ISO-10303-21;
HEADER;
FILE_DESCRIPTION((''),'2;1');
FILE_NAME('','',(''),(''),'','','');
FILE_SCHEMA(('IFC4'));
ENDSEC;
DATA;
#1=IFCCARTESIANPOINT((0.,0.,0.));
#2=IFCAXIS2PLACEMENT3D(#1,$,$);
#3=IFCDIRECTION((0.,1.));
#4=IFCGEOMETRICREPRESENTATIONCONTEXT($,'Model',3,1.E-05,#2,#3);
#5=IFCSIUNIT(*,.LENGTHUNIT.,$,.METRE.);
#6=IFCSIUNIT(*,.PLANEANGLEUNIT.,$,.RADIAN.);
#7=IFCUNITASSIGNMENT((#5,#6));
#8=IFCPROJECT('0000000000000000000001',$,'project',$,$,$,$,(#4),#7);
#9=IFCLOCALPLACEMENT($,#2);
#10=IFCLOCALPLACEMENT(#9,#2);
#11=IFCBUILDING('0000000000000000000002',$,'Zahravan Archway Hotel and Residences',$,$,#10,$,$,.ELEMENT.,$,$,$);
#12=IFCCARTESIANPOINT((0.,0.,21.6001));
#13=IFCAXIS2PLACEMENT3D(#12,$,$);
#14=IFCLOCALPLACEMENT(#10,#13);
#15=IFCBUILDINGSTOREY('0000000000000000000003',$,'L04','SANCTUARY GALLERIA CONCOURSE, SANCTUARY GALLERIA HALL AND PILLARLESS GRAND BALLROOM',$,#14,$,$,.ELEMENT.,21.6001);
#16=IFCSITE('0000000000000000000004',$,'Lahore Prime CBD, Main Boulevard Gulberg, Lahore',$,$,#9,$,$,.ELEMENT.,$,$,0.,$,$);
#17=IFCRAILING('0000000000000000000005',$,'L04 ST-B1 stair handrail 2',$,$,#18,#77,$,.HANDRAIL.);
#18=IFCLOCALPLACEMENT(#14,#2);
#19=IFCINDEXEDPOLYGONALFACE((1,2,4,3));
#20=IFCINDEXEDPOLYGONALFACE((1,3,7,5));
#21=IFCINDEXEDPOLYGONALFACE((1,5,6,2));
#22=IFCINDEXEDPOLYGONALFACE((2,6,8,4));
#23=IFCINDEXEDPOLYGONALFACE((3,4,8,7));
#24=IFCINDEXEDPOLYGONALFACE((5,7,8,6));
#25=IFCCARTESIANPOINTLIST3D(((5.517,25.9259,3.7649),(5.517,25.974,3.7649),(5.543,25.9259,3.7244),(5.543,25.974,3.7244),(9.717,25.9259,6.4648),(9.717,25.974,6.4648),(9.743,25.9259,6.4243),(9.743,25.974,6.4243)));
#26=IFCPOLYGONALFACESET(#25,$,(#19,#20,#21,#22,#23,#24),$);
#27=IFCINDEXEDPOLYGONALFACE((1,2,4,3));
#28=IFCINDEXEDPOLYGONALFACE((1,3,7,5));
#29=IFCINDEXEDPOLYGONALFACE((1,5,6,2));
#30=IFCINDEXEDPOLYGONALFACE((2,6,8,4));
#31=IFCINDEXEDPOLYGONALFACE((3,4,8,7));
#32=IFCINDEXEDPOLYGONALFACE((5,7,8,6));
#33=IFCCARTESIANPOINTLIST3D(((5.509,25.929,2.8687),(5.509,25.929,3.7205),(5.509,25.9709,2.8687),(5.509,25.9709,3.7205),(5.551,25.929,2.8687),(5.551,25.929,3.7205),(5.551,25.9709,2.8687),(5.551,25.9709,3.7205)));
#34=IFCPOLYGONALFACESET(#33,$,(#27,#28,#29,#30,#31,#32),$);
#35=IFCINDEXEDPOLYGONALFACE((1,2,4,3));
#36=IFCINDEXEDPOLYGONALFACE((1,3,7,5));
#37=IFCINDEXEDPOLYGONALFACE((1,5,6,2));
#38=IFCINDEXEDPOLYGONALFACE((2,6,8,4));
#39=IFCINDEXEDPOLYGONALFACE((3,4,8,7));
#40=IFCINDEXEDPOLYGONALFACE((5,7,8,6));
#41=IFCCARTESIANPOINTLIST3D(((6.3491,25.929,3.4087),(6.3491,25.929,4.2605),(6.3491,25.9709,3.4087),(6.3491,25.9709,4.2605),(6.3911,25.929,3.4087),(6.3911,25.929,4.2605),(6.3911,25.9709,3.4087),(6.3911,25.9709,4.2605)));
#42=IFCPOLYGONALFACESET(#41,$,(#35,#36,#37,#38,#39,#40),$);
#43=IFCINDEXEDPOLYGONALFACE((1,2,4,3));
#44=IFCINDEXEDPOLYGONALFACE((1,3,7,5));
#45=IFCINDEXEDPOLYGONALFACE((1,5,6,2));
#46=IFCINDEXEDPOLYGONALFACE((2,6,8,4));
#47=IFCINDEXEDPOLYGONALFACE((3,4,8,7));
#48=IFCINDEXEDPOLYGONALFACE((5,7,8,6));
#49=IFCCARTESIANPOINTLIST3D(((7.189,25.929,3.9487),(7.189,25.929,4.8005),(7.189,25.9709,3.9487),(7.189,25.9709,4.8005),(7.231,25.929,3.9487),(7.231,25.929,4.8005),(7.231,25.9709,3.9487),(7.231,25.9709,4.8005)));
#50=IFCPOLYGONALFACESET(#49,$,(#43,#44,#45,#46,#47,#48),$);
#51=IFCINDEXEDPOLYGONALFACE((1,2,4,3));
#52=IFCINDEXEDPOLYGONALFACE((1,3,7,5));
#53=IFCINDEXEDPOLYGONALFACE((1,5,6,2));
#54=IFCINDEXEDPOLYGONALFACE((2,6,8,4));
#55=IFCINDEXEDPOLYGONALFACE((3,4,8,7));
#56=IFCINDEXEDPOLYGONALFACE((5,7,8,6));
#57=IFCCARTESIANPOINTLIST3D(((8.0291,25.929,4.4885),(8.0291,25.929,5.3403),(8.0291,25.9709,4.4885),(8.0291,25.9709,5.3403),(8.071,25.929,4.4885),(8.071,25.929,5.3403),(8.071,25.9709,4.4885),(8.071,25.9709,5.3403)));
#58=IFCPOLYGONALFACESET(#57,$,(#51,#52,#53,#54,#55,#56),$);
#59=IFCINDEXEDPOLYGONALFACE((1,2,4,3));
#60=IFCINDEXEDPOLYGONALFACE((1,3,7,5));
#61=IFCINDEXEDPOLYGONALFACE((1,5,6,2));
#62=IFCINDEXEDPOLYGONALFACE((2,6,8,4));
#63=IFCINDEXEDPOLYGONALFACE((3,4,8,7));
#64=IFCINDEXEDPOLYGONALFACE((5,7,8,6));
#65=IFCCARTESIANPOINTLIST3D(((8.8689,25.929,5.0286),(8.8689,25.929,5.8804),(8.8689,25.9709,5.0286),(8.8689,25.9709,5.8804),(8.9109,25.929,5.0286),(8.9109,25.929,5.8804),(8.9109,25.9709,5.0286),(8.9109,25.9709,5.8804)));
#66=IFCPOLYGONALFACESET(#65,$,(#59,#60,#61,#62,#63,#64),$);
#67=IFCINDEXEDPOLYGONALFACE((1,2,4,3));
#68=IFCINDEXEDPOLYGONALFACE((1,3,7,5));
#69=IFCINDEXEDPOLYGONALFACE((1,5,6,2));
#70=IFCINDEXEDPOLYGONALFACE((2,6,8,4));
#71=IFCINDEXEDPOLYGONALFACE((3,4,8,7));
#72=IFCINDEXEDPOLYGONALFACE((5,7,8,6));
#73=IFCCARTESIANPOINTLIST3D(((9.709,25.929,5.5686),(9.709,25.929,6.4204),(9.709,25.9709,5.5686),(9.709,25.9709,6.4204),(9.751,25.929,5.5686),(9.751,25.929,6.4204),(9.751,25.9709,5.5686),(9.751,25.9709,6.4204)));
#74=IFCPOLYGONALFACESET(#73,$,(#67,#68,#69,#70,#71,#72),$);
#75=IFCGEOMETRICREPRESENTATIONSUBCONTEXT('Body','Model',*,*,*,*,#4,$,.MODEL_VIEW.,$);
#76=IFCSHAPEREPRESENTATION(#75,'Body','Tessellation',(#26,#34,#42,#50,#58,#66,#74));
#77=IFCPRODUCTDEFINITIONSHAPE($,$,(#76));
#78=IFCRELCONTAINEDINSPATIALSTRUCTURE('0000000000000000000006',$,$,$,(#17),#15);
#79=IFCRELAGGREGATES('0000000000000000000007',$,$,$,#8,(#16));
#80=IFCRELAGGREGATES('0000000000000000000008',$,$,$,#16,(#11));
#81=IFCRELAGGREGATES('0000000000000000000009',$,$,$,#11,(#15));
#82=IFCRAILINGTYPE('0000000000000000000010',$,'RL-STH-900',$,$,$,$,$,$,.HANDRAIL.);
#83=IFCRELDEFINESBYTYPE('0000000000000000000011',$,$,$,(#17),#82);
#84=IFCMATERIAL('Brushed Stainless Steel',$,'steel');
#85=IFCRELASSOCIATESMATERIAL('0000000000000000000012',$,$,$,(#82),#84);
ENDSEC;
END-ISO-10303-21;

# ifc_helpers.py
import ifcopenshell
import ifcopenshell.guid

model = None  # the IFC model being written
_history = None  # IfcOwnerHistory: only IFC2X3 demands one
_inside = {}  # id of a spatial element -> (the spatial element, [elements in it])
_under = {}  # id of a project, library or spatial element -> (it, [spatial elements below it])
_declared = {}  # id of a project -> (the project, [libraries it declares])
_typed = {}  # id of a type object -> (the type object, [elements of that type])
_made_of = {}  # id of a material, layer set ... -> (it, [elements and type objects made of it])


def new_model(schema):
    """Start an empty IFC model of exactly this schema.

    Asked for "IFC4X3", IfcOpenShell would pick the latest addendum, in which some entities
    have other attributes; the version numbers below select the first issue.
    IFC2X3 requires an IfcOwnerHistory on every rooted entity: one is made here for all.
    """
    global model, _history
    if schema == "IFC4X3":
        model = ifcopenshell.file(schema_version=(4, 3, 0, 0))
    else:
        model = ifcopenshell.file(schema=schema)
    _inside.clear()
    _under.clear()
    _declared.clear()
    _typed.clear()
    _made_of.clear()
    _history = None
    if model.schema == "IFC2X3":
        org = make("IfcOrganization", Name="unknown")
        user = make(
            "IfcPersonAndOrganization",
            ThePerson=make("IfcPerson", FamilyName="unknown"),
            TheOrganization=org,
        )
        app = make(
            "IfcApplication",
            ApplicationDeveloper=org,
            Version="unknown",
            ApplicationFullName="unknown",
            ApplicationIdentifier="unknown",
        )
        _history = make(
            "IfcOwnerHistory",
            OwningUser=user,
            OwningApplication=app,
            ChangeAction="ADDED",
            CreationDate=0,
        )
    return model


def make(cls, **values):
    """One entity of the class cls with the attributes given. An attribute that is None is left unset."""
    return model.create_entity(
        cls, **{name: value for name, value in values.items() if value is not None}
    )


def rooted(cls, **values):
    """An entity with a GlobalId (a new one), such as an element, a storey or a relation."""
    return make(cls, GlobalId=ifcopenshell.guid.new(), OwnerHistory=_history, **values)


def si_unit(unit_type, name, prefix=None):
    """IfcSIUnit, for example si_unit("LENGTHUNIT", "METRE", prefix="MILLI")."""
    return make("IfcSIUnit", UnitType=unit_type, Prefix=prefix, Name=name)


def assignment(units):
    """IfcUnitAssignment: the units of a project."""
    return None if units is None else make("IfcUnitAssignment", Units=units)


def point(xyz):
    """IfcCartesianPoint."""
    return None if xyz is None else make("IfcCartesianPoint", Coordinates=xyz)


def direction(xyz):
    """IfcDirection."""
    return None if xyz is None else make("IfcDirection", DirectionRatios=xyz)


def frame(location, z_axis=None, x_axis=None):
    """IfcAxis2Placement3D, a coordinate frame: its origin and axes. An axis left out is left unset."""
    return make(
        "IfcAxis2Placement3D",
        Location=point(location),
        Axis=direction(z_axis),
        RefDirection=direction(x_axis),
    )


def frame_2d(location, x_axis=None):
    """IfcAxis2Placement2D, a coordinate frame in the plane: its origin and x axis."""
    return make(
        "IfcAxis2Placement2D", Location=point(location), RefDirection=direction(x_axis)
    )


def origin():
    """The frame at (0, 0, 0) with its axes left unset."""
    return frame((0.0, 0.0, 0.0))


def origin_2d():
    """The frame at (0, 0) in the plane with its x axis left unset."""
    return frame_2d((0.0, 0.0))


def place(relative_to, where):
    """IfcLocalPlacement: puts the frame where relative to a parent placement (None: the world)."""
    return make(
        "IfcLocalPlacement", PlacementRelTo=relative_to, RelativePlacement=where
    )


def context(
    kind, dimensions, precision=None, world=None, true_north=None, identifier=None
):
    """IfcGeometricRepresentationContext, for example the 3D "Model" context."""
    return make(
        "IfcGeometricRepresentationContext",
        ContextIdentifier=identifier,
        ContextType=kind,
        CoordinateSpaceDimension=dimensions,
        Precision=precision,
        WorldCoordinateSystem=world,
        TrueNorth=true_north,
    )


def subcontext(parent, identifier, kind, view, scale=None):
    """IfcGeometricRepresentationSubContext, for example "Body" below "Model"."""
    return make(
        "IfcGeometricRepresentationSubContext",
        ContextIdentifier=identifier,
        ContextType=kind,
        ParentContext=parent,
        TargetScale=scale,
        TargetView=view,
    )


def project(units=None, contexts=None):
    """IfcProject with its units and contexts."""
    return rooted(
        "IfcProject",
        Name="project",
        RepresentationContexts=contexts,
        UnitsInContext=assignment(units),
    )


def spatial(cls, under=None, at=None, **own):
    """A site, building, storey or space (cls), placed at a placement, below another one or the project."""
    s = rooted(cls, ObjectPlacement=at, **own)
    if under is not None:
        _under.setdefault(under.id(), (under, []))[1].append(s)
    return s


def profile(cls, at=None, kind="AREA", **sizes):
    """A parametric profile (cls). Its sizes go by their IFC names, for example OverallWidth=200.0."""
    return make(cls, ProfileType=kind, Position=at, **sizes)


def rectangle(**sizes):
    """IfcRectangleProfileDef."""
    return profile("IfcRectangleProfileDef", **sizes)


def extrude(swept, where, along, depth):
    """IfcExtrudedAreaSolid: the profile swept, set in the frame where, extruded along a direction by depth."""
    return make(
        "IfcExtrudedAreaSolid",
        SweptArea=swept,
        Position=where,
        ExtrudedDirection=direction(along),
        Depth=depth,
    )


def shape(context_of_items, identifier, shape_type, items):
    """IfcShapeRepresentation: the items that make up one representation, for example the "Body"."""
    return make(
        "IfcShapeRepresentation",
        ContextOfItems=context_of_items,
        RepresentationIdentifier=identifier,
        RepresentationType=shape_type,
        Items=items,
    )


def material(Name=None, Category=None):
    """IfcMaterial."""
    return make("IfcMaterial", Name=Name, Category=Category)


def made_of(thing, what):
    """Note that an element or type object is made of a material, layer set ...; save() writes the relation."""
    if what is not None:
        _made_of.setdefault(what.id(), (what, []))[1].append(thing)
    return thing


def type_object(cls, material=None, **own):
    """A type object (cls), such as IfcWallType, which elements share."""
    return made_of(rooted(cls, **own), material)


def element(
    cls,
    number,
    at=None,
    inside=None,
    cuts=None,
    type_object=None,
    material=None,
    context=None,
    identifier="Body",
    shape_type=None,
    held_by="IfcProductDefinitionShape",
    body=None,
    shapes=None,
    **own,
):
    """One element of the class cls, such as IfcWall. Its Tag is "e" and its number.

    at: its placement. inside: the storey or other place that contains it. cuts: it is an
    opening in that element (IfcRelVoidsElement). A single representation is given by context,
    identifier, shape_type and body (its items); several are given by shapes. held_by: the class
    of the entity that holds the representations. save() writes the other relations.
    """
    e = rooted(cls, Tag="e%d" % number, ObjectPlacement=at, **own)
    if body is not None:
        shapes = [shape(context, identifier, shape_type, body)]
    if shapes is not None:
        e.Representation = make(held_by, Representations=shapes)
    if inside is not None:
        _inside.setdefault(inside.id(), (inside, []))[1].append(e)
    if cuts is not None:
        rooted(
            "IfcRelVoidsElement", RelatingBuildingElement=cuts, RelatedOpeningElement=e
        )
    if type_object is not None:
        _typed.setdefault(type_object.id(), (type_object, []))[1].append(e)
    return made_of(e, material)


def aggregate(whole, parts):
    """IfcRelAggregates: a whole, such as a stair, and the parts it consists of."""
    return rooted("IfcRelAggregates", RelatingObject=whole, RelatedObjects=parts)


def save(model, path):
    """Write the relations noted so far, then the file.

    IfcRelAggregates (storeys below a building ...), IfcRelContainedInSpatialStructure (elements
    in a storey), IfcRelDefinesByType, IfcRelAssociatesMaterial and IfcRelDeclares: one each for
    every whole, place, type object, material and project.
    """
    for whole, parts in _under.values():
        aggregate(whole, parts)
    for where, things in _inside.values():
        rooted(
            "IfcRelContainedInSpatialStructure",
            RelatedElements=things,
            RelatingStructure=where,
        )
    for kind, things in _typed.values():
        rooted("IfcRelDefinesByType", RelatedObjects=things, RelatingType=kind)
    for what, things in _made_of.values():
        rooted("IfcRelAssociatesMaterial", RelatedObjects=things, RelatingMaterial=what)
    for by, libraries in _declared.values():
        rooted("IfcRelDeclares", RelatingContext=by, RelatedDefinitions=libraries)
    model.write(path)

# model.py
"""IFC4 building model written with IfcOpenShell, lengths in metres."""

from ifc_helpers import new_model, si_unit, direction, frame, origin, origin_2d, place, context, subcontext, project, spatial, rectangle, extrude, material, type_object, element, save


model = new_model("IFC4")

# Units and contexts
model_context = context("Model", 3, precision=1e-05, world=origin(), true_north=direction((0.0, 1.0)))
body_context = subcontext(model_context, "Body", "Model", "MODEL_VIEW")
ifc_project = project(units=[si_unit("LENGTHUNIT", "METRE"), si_unit("PLANEANGLEUNIT", "RADIAN")], contexts=[model_context])

# Site, building, storey
site_placement = place(None, origin())
site = spatial("IfcSite", under=ifc_project, at=site_placement, Name="Lahore Prime CBD, Main Boulevard Gulberg, Lahore", CompositionType="ELEMENT", RefElevation=0.0)
building_placement = place(site_placement, origin())
building = spatial("IfcBuilding", under=site, at=building_placement, Name="Zahravan Archway Hotel and Residences", CompositionType="ELEMENT")
storey_placement = place(building_placement, frame((0.0, 0.0, 21.6001)))
storey = spatial("IfcBuildingStorey", under=building, at=storey_placement, Name="L04", Description="SANCTUARY GALLERIA CONCOURSE, SANCTUARY GALLERIA HALL AND PILLARLESS GRAND BALLROOM", CompositionType="ELEMENT", Elevation=21.6001)

# Shared definitions
ifc_material_1 = material(Name="Brushed Stainless Steel", Category="steel")

# Railing
railing_type_1 = type_object("IfcRailingType", Name="RL-STH-900", PredefinedType="HANDRAIL", material=ifc_material_1)
railing_1_placement = place(storey_placement, frame((5.53, 25.95, 2.8687)))
element("IfcRailing", 1, at=railing_1_placement, inside=storey, type_object=railing_type_1, Name="L04 ST-B1 stair handrail 2", PredefinedType="HANDRAIL", context=body_context, shape_type="SweptSolid", body=[
    extrude(rectangle(XDim=0.0481, YDim=0.0481, at=origin_2d()), frame((0.0, 0.0, 0.876), z_axis=(0.84118, 0.0, 0.540755), x_axis=(0.0, 1.0, 0.0)), (0.0, 0.0, 1.0), 4.9929),
    extrude(rectangle(XDim=0.042, YDim=0.042, at=origin_2d()), origin(), (0.0, 0.0, 1.0), 0.8518),
    extrude(rectangle(XDim=0.042, YDim=0.042, at=origin_2d()), frame((0.8401, 0.0, 0.54)), (0.0, 0.0, 1.0), 0.8518),
    extrude(rectangle(XDim=0.042, YDim=0.042, at=origin_2d()), frame((1.6799, 0.0, 1.0801)), (0.0, 0.0, 1.0), 0.8518),
    extrude(rectangle(XDim=0.042, YDim=0.042, at=origin_2d()), frame((2.52, 0.0, 1.6199)), (0.0, 0.0, 1.0), 0.8518),
    extrude(rectangle(XDim=0.042, YDim=0.042, at=origin_2d()), frame((3.3599, 0.0, 2.1599)), (0.0, 0.0, 1.0), 0.8518),
    extrude(rectangle(XDim=0.042, YDim=0.042, at=origin_2d()), frame((4.2, 0.0, 2.7)), (0.0, 0.0, 1.0), 0.8518),
])

save(model, "model.ifc")
